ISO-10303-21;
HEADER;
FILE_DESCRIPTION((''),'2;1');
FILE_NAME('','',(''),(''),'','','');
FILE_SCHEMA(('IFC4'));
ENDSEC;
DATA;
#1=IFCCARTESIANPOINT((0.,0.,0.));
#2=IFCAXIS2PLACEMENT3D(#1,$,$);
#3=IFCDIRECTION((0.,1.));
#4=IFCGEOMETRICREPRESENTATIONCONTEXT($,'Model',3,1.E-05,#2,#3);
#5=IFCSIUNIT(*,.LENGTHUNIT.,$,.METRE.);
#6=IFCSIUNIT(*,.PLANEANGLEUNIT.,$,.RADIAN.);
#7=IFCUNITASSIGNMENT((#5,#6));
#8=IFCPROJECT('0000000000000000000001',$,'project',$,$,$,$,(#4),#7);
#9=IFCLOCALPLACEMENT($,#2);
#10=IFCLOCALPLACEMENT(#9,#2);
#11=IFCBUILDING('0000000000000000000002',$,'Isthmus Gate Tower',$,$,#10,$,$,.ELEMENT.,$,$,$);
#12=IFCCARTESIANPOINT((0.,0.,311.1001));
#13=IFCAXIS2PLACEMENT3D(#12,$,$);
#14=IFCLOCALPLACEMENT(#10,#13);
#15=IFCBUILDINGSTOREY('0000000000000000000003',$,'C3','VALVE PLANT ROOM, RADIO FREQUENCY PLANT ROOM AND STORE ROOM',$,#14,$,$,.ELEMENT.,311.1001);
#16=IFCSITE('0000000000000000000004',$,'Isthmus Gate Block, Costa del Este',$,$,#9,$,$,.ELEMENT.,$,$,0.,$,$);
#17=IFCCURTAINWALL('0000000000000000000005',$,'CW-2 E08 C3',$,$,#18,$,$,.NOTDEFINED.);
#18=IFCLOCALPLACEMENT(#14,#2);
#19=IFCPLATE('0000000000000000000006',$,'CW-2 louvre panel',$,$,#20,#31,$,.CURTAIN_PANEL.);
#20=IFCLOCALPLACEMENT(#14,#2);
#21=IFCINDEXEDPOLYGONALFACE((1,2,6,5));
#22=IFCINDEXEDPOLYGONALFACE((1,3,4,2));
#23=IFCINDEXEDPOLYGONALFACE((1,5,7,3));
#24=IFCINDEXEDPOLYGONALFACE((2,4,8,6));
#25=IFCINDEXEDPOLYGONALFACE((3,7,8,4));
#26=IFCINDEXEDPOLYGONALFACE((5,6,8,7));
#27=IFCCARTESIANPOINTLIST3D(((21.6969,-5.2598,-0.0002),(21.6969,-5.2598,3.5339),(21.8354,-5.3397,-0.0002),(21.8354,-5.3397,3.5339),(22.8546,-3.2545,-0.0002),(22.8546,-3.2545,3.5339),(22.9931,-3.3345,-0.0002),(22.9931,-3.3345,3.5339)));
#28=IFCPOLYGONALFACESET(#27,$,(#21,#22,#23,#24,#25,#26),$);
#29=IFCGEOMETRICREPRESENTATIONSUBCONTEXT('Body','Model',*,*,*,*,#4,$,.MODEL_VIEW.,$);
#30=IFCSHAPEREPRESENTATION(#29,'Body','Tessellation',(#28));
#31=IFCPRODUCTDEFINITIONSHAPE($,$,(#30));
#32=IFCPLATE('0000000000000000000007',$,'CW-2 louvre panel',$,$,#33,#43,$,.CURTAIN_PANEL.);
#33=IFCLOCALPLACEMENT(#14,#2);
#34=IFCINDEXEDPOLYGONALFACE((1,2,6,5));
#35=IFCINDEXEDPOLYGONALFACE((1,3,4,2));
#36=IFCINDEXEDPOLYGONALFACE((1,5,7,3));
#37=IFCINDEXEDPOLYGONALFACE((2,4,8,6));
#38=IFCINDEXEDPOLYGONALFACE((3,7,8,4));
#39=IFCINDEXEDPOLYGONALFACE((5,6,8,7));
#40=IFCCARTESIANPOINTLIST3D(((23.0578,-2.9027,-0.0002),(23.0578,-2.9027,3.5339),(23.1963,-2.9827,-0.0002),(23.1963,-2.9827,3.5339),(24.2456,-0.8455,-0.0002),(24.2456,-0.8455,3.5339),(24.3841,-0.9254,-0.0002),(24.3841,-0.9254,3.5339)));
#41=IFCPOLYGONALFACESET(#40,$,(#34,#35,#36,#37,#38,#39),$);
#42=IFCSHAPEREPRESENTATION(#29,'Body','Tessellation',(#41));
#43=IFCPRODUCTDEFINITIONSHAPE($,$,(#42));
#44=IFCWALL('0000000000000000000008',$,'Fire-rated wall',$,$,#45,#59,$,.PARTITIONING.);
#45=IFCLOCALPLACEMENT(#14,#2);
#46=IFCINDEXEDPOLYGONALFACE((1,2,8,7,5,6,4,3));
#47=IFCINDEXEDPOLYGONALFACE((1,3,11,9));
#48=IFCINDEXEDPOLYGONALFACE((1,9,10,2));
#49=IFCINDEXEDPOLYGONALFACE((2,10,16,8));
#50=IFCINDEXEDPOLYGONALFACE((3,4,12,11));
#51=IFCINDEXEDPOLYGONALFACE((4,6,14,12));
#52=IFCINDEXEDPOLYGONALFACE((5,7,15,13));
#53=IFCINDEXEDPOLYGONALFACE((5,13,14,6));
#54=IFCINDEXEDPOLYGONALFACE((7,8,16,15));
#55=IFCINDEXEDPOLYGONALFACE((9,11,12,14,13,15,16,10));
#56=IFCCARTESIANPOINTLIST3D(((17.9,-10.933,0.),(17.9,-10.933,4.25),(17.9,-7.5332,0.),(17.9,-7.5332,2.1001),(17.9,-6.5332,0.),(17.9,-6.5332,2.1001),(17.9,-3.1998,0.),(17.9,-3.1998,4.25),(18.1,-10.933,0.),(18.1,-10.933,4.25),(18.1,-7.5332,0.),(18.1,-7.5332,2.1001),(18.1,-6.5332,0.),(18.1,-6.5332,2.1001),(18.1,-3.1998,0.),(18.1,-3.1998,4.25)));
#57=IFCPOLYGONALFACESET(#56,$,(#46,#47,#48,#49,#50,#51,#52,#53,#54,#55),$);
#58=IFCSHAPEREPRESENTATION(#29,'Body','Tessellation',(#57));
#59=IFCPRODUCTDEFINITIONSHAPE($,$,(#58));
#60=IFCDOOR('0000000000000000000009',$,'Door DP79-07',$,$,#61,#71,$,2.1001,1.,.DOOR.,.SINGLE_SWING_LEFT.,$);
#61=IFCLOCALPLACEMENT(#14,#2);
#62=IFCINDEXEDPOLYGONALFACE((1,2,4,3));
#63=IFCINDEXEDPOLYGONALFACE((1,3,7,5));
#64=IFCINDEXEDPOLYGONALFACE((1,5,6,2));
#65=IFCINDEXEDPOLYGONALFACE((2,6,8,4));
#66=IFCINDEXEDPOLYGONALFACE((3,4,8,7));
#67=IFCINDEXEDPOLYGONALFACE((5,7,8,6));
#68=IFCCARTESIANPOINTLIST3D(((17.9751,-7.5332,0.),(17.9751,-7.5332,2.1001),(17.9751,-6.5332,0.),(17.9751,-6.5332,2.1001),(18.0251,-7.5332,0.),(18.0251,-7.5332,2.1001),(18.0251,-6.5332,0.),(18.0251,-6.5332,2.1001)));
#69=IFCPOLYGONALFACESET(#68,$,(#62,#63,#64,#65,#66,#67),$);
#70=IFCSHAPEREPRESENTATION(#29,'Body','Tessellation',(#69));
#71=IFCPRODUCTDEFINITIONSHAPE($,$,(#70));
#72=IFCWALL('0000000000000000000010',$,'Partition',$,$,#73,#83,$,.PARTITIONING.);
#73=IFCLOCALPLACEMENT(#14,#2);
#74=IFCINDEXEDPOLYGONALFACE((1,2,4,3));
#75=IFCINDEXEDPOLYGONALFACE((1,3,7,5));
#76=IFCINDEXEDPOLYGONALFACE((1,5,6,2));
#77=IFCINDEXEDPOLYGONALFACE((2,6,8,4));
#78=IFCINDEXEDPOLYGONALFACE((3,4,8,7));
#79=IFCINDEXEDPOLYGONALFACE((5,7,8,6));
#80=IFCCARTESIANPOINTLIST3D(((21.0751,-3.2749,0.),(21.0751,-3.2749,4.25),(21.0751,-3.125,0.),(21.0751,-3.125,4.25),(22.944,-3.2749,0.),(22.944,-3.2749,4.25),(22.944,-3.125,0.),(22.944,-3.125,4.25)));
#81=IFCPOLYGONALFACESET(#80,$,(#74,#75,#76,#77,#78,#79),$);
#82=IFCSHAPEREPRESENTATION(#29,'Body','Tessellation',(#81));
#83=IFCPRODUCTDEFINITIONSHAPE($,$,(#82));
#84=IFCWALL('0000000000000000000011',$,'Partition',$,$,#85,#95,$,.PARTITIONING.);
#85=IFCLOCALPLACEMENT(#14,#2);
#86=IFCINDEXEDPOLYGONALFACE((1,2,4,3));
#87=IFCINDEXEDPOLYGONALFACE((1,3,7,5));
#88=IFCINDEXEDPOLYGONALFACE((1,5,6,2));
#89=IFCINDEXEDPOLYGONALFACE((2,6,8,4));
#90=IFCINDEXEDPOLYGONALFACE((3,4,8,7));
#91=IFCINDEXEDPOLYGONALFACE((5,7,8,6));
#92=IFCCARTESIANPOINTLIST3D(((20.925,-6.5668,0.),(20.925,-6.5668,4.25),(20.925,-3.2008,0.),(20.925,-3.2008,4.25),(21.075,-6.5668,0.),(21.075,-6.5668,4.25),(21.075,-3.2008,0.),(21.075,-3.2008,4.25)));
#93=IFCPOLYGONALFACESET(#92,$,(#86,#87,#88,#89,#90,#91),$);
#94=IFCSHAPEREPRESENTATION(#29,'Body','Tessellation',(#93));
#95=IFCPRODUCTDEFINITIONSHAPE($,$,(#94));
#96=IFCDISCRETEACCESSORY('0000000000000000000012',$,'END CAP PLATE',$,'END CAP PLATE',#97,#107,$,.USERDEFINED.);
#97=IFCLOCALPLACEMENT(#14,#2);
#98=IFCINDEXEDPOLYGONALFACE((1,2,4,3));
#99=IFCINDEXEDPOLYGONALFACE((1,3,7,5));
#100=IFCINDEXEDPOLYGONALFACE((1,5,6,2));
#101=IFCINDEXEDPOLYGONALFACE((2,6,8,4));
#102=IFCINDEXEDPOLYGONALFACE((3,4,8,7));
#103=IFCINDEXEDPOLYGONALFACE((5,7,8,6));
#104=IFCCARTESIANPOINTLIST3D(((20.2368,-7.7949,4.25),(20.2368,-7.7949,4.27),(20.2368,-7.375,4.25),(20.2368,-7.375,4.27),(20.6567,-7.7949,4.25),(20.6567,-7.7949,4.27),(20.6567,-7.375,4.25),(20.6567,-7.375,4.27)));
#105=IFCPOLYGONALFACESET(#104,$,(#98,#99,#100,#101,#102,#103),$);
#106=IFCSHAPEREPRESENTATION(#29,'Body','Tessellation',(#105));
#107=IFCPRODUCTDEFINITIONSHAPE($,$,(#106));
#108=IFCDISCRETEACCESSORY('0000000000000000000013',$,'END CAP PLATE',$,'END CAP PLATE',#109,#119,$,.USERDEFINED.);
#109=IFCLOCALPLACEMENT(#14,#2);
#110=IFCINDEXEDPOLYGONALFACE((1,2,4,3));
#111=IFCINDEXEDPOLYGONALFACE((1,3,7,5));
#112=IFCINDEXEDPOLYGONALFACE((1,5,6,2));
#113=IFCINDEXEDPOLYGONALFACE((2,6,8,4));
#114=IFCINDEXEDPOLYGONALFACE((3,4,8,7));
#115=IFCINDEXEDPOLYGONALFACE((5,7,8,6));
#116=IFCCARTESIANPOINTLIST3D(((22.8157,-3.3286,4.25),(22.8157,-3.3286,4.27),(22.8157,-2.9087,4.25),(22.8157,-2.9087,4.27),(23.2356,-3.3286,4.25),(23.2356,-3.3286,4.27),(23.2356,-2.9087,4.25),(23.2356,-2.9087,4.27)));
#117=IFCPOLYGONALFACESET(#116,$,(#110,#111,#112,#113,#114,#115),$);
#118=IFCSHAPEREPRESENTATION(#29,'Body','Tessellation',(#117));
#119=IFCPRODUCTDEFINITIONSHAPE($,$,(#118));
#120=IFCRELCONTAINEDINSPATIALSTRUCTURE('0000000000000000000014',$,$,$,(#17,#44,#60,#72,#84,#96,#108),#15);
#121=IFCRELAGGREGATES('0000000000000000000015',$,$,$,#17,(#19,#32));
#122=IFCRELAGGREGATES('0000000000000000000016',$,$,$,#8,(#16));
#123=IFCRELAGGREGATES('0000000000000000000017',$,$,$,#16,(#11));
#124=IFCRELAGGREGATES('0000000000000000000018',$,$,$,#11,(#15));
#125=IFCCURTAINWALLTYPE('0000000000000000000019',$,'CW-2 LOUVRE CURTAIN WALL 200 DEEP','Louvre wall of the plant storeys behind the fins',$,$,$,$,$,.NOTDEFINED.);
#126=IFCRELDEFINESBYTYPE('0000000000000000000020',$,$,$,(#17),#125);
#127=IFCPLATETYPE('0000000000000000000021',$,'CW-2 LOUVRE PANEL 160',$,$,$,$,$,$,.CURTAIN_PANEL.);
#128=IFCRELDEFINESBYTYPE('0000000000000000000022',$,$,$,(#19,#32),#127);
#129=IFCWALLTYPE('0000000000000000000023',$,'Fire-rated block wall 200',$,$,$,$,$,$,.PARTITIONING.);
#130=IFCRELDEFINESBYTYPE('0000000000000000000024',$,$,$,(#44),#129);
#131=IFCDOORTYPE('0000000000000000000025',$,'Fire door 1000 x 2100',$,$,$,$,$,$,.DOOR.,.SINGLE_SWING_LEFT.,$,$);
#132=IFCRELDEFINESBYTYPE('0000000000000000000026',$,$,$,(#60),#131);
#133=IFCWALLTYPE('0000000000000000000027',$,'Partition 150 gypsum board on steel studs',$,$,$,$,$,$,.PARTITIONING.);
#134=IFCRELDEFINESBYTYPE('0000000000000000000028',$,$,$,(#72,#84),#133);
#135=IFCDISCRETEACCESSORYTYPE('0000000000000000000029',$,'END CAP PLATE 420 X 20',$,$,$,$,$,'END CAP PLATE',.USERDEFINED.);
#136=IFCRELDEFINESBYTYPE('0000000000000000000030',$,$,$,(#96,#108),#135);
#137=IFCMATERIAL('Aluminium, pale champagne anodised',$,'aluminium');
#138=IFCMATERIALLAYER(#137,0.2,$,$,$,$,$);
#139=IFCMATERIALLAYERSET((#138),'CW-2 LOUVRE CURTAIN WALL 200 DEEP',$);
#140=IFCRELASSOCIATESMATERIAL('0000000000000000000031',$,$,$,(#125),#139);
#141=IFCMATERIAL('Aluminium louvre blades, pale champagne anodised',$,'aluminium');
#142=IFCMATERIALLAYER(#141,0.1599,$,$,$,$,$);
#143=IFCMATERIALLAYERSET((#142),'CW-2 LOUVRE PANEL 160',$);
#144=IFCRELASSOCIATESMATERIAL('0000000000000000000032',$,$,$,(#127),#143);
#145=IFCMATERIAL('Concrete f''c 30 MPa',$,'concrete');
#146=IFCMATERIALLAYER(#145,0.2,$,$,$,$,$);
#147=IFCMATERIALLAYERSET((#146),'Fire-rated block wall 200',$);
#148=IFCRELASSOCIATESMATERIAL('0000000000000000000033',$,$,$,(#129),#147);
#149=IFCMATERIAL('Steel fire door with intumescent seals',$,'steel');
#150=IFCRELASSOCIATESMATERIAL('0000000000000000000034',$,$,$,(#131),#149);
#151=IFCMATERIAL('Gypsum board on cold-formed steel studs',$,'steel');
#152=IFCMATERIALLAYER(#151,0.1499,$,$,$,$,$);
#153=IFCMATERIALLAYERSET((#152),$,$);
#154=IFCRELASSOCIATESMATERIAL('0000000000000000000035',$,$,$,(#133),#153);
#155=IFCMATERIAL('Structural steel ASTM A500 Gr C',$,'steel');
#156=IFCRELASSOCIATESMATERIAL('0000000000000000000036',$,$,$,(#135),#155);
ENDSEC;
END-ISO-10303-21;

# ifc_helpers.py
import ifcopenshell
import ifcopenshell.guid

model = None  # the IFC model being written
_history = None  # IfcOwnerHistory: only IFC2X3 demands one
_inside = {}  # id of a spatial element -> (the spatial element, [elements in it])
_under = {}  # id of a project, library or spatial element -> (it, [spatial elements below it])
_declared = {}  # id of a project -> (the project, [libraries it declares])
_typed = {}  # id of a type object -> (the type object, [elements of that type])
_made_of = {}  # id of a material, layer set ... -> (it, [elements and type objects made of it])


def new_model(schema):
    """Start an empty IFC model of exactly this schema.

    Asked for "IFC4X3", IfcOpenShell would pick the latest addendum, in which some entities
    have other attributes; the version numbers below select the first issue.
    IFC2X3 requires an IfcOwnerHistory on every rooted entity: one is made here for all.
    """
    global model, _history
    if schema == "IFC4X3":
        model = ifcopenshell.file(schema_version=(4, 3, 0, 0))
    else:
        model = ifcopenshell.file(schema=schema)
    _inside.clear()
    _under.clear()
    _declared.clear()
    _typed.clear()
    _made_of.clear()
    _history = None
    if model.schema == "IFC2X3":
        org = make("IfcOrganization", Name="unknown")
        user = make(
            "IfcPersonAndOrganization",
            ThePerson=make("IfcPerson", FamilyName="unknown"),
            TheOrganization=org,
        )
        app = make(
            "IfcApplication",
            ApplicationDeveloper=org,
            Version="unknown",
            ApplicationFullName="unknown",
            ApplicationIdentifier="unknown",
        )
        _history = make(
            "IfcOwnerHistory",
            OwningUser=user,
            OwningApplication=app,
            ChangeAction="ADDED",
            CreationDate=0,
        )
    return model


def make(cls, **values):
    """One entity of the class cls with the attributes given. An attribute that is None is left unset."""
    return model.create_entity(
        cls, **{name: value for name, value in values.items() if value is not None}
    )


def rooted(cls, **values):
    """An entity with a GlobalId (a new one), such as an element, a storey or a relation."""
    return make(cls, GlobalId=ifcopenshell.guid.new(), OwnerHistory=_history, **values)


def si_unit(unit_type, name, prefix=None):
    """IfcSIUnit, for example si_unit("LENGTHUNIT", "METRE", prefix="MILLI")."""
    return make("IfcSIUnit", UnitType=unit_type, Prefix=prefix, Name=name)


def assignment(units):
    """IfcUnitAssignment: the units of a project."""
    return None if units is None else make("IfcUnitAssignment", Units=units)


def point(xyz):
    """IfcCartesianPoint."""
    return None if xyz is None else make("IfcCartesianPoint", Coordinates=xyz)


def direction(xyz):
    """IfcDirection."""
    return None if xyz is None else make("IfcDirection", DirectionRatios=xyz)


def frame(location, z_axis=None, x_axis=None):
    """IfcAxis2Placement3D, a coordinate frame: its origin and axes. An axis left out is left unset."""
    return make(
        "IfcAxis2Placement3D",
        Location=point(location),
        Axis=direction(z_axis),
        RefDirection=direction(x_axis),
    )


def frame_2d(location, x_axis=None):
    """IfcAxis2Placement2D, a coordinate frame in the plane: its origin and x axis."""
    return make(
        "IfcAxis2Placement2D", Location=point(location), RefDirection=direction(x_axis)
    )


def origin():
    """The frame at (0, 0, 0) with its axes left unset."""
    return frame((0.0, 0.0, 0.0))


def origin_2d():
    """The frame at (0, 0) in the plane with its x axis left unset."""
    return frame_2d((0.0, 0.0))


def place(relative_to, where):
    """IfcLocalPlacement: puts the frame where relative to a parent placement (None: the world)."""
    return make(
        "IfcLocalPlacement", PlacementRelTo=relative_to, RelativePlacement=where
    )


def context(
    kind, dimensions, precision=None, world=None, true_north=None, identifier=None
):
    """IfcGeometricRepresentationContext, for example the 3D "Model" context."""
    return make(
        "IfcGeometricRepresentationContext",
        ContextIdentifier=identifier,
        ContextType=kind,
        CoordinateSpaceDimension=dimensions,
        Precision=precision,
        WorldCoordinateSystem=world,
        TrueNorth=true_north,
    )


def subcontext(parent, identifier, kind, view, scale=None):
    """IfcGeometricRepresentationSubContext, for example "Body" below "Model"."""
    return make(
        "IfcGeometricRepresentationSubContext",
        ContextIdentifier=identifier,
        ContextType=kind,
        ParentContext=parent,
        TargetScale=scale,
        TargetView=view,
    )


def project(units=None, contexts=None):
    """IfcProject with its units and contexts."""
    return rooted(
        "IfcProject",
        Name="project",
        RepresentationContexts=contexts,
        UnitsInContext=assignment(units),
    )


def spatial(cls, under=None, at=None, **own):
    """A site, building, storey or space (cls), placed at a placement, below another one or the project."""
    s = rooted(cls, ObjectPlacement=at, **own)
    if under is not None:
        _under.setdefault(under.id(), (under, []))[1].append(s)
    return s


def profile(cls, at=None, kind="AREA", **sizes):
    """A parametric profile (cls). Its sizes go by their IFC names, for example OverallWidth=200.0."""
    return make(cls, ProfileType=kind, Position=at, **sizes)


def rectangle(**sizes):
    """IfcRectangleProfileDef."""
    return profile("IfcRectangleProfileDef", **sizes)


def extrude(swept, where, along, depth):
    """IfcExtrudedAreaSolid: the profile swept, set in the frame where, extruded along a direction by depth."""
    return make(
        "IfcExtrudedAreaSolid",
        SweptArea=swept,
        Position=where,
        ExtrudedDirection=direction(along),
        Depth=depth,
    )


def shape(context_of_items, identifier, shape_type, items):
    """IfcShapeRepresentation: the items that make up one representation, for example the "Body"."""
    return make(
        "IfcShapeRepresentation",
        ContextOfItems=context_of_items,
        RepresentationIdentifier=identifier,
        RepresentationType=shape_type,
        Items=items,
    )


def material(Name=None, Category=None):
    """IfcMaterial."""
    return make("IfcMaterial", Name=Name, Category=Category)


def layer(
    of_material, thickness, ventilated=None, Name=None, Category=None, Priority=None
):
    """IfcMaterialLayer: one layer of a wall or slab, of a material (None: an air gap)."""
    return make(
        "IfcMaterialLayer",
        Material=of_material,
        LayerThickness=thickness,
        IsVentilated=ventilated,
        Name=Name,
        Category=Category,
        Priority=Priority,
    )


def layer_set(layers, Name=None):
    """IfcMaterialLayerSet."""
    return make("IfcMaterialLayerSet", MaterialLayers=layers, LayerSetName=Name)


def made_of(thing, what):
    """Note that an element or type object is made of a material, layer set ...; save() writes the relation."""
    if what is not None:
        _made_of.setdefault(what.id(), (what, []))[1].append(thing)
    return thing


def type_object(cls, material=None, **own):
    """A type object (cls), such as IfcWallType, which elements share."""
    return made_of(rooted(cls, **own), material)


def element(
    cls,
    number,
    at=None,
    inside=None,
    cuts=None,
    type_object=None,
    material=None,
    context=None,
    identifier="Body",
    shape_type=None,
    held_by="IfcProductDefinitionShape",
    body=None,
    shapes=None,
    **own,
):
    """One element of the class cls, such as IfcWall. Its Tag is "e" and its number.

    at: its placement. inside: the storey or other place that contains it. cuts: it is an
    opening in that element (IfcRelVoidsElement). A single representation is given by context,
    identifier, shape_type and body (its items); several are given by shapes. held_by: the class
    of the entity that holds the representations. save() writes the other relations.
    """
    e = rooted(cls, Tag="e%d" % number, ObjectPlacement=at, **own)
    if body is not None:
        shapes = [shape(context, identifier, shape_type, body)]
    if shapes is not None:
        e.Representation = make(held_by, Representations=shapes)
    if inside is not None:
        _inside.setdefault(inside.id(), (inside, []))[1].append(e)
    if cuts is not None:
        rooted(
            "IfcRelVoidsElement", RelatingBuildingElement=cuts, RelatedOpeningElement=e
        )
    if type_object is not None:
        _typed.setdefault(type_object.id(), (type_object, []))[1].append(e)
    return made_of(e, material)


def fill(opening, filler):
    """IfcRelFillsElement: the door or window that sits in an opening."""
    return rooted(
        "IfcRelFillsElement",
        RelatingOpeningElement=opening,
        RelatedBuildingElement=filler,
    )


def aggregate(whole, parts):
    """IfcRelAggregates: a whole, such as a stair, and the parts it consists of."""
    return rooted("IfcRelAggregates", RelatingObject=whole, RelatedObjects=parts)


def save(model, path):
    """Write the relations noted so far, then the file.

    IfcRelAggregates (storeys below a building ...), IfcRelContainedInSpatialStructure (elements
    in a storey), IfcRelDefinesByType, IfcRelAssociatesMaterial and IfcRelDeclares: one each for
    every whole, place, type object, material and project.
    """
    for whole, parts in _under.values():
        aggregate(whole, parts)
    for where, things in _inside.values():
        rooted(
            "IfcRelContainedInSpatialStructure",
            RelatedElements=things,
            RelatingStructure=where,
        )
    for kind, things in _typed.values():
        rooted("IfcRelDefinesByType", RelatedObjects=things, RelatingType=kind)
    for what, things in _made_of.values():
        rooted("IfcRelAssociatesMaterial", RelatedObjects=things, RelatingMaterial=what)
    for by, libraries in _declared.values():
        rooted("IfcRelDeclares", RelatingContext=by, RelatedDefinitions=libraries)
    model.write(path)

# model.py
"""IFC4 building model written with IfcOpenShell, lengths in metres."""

from ifc_helpers import new_model, si_unit, direction, frame, frame_2d, origin, origin_2d, place, context, subcontext, project, spatial, rectangle, extrude, material, layer, layer_set, type_object, element, fill, aggregate, save


model = new_model("IFC4")

# Units and contexts
model_context = context("Model", 3, precision=1e-05, world=origin(), true_north=direction((0.0, 1.0)))
body_context = subcontext(model_context, "Body", "Model", "MODEL_VIEW")
ifc_project = project(units=[si_unit("LENGTHUNIT", "METRE"), si_unit("PLANEANGLEUNIT", "RADIAN")], contexts=[model_context])

# Site, building, storey
site_placement = place(None, origin())
site = spatial("IfcSite", under=ifc_project, at=site_placement, Name="Isthmus Gate Block, Costa del Este", CompositionType="ELEMENT", RefElevation=0.0)
building_placement = place(site_placement, origin())
building = spatial("IfcBuilding", under=site, at=building_placement, Name="Isthmus Gate Tower", CompositionType="ELEMENT")
storey_placement = place(building_placement, frame((0.0, 0.0, 311.1001)))
storey = spatial("IfcBuildingStorey", under=building, at=storey_placement, Name="C3", Description="VALVE PLANT ROOM, RADIO FREQUENCY PLANT ROOM AND STORE ROOM", CompositionType="ELEMENT", Elevation=311.1001)

# Curtain wall, plates
ifc_material_1 = material(Name="Aluminium, pale champagne anodised", Category="aluminium")
ifc_layer_1 = layer(ifc_material_1, 0.2)
ifc_layer_set_1 = layer_set([ifc_layer_1], Name="CW-2 LOUVRE CURTAIN WALL 200 DEEP")
curtain_wall_type = type_object("IfcCurtainWallType", Name="CW-2 LOUVRE CURTAIN WALL 200 DEEP", Description="Louvre wall of the plant storeys behind the fins", PredefinedType="NOTDEFINED", material=ifc_layer_set_1)
curtain_wall_placement = place(storey_placement, origin())
curtain_wall = element("IfcCurtainWall", 1, at=curtain_wall_placement, inside=storey, type_object=curtain_wall_type, Name="CW-2 E08 C3", PredefinedType="NOTDEFINED")
ifc_material_2 = material(Name="Aluminium louvre blades, pale champagne anodised", Category="aluminium")
ifc_layer_2 = layer(ifc_material_2, 0.1599)
ifc_layer_set_2 = layer_set([ifc_layer_2], Name="CW-2 LOUVRE PANEL 160")
plate_type = type_object("IfcPlateType", Name="CW-2 LOUVRE PANEL 160", PredefinedType="CURTAIN_PANEL", material=ifc_layer_set_2)
plate_1_placement = place(storey_placement, frame((22.345, -4.2971, -0.0002), z_axis=(0.0, 0.0, 1.0), x_axis=(0.5, 0.866025, 0.0)))
plate_1 = element("IfcPlate", 2, at=plate_1_placement, type_object=plate_type, Name="CW-2 louvre panel", PredefinedType="CURTAIN_PANEL", context=body_context, shape_type="SweptSolid", body=[
    extrude(rectangle(XDim=2.3154, YDim=0.1599, at=origin_2d()), origin(), (0.0, 0.0, 1.0), 3.5342),
])
plate_2_placement = place(storey_placement, frame((23.7209, -1.9141, -0.0002), z_axis=(0.0, 0.0, 1.0), x_axis=(0.5, 0.866025, 0.0)))
plate_2 = element("IfcPlate", 3, at=plate_2_placement, type_object=plate_type, Name="CW-2 louvre panel", PredefinedType="CURTAIN_PANEL", context=body_context, shape_type="SweptSolid", body=[
    extrude(rectangle(XDim=2.3755, YDim=0.1599, at=origin_2d()), origin(), (0.0, 0.0, 1.0), 3.5342),
])
aggregate(curtain_wall, [plate_1, plate_2])

# Wall, opening, door
ifc_material_3 = material(Name="Concrete f'c 30 MPa", Category="concrete")
ifc_layer_3 = layer(ifc_material_3, 0.2)
ifc_layer_set_3 = layer_set([ifc_layer_3], Name="Fire-rated block wall 200")
wall_type_1 = type_object("IfcWallType", Name="Fire-rated block wall 200", PredefinedType="PARTITIONING", material=ifc_layer_set_3)
wall_1_placement = place(storey_placement, frame((18.0, -10.9331, 0.0), z_axis=(0.0, 0.0, 1.0), x_axis=(0.0, 1.0, 0.0)))
wall_1 = element("IfcWall", 4, at=wall_1_placement, inside=storey, type_object=wall_type_1, Name="Fire-rated wall", PredefinedType="PARTITIONING", context=body_context, shape_type="SweptSolid", body=[
    extrude(rectangle(XDim=7.7332, YDim=0.2, at=frame_2d((3.8667, 0.0))), origin(), (0.0, 0.0, 1.0), 4.25),
])
opening_placement = place(wall_1_placement, frame((3.3999, 0.0, 0.0)))
opening = element("IfcOpeningElement", 5, at=opening_placement, cuts=wall_1, PredefinedType="OPENING", context=body_context, shape_type="SweptSolid", body=[
    extrude(rectangle(XDim=1.0, YDim=2.1001, at=frame_2d((0.5, 1.05))), frame((0.0, 0.1099, 0.0), z_axis=(0.0, -1.0, 0.0), x_axis=(1.0, 0.0, 0.0)), (0.0, 0.0, 1.0), 0.22),
])
ifc_material_4 = material(Name="Steel fire door with intumescent seals", Category="steel")
door_type = type_object("IfcDoorType", Name="Fire door 1000 x 2100", OperationType="SINGLE_SWING_LEFT", PredefinedType="DOOR", material=ifc_material_4)
door_placement = place(opening_placement, origin())
door = element("IfcDoor", 6, at=door_placement, inside=storey, type_object=door_type, Name="Door DP79-07", OperationType="SINGLE_SWING_LEFT", OverallHeight=2.1001, OverallWidth=1.0, PredefinedType="DOOR", context=body_context, shape_type="SweptSolid", body=[
    extrude(rectangle(XDim=1.0, YDim=2.1001, at=frame_2d((0.5, 1.05))), frame((0.0, 0.0249, 0.0), z_axis=(0.0, -1.0, 0.0), x_axis=(1.0, 0.0, 0.0)), (0.0, 0.0, 1.0), 0.05),
])
fill(opening, door)

# Walls
ifc_material_5 = material(Name="Gypsum board on cold-formed steel studs", Category="steel")
ifc_layer_4 = layer(ifc_material_5, 0.1499)
ifc_layer_set_4 = layer_set([ifc_layer_4])
wall_type_2 = type_object("IfcWallType", Name="Partition 150 gypsum board on steel studs", PredefinedType="PARTITIONING", material=ifc_layer_set_4)
wall_2_placement = place(storey_placement, frame((21.075, -3.2, 0.0), z_axis=(0.0, 0.0, 1.0), x_axis=(1.0, 0.0, 0.0)))
element("IfcWall", 7, at=wall_2_placement, inside=storey, type_object=wall_type_2, Name="Partition", PredefinedType="PARTITIONING", context=body_context, shape_type="SweptSolid", body=[
    extrude(rectangle(XDim=1.8689, YDim=0.1499, at=frame_2d((0.9346, 0.0))), origin(), (0.0, 0.0, 1.0), 4.25),
])
wall_3_placement = place(storey_placement, frame((21.0, -6.5669, 0.0), z_axis=(0.0, 0.0, 1.0), x_axis=(0.0, 1.0, 0.0)))
element("IfcWall", 8, at=wall_3_placement, inside=storey, type_object=wall_type_2, Name="Partition", PredefinedType="PARTITIONING", context=body_context, shape_type="SweptSolid", body=[
    extrude(rectangle(XDim=3.366, YDim=0.1499, at=frame_2d((1.6831, 0.0))), origin(), (0.0, 0.0, 1.0), 4.25),
])

# Discrete accessories
ifc_material_6 = material(Name="Structural steel ASTM A500 Gr C", Category="steel")
discrete_accessory_type = type_object("IfcDiscreteAccessoryType", Name="END CAP PLATE 420 X 20", ElementType="END CAP PLATE", PredefinedType="USERDEFINED", material=ifc_material_6)
for number, where, z_axis, x_axis, name in (
    (9, (20.4468, -7.585, 4.25), (0.0, 0.0, 1.0), (1.0, 0.0, 0.0), "END CAP PLATE"),
    (10, (23.0256, -3.1187, 4.25), (0.0, 0.0, 1.0), (1.0, 0.0, 0.0), "END CAP PLATE"),
):
    element("IfcDiscreteAccessory", number, at=place(storey_placement, frame(where, z_axis=z_axis, x_axis=x_axis)), inside=storey, type_object=discrete_accessory_type, Name=name, ObjectType="END CAP PLATE", PredefinedType="USERDEFINED", context=body_context, shape_type="SweptSolid", body=[
        extrude(rectangle(XDim=0.4199, YDim=0.4199, at=origin_2d()), origin(), (0.0, 0.0, 1.0), 0.02),
    ])

save(model, "model.ifc")
